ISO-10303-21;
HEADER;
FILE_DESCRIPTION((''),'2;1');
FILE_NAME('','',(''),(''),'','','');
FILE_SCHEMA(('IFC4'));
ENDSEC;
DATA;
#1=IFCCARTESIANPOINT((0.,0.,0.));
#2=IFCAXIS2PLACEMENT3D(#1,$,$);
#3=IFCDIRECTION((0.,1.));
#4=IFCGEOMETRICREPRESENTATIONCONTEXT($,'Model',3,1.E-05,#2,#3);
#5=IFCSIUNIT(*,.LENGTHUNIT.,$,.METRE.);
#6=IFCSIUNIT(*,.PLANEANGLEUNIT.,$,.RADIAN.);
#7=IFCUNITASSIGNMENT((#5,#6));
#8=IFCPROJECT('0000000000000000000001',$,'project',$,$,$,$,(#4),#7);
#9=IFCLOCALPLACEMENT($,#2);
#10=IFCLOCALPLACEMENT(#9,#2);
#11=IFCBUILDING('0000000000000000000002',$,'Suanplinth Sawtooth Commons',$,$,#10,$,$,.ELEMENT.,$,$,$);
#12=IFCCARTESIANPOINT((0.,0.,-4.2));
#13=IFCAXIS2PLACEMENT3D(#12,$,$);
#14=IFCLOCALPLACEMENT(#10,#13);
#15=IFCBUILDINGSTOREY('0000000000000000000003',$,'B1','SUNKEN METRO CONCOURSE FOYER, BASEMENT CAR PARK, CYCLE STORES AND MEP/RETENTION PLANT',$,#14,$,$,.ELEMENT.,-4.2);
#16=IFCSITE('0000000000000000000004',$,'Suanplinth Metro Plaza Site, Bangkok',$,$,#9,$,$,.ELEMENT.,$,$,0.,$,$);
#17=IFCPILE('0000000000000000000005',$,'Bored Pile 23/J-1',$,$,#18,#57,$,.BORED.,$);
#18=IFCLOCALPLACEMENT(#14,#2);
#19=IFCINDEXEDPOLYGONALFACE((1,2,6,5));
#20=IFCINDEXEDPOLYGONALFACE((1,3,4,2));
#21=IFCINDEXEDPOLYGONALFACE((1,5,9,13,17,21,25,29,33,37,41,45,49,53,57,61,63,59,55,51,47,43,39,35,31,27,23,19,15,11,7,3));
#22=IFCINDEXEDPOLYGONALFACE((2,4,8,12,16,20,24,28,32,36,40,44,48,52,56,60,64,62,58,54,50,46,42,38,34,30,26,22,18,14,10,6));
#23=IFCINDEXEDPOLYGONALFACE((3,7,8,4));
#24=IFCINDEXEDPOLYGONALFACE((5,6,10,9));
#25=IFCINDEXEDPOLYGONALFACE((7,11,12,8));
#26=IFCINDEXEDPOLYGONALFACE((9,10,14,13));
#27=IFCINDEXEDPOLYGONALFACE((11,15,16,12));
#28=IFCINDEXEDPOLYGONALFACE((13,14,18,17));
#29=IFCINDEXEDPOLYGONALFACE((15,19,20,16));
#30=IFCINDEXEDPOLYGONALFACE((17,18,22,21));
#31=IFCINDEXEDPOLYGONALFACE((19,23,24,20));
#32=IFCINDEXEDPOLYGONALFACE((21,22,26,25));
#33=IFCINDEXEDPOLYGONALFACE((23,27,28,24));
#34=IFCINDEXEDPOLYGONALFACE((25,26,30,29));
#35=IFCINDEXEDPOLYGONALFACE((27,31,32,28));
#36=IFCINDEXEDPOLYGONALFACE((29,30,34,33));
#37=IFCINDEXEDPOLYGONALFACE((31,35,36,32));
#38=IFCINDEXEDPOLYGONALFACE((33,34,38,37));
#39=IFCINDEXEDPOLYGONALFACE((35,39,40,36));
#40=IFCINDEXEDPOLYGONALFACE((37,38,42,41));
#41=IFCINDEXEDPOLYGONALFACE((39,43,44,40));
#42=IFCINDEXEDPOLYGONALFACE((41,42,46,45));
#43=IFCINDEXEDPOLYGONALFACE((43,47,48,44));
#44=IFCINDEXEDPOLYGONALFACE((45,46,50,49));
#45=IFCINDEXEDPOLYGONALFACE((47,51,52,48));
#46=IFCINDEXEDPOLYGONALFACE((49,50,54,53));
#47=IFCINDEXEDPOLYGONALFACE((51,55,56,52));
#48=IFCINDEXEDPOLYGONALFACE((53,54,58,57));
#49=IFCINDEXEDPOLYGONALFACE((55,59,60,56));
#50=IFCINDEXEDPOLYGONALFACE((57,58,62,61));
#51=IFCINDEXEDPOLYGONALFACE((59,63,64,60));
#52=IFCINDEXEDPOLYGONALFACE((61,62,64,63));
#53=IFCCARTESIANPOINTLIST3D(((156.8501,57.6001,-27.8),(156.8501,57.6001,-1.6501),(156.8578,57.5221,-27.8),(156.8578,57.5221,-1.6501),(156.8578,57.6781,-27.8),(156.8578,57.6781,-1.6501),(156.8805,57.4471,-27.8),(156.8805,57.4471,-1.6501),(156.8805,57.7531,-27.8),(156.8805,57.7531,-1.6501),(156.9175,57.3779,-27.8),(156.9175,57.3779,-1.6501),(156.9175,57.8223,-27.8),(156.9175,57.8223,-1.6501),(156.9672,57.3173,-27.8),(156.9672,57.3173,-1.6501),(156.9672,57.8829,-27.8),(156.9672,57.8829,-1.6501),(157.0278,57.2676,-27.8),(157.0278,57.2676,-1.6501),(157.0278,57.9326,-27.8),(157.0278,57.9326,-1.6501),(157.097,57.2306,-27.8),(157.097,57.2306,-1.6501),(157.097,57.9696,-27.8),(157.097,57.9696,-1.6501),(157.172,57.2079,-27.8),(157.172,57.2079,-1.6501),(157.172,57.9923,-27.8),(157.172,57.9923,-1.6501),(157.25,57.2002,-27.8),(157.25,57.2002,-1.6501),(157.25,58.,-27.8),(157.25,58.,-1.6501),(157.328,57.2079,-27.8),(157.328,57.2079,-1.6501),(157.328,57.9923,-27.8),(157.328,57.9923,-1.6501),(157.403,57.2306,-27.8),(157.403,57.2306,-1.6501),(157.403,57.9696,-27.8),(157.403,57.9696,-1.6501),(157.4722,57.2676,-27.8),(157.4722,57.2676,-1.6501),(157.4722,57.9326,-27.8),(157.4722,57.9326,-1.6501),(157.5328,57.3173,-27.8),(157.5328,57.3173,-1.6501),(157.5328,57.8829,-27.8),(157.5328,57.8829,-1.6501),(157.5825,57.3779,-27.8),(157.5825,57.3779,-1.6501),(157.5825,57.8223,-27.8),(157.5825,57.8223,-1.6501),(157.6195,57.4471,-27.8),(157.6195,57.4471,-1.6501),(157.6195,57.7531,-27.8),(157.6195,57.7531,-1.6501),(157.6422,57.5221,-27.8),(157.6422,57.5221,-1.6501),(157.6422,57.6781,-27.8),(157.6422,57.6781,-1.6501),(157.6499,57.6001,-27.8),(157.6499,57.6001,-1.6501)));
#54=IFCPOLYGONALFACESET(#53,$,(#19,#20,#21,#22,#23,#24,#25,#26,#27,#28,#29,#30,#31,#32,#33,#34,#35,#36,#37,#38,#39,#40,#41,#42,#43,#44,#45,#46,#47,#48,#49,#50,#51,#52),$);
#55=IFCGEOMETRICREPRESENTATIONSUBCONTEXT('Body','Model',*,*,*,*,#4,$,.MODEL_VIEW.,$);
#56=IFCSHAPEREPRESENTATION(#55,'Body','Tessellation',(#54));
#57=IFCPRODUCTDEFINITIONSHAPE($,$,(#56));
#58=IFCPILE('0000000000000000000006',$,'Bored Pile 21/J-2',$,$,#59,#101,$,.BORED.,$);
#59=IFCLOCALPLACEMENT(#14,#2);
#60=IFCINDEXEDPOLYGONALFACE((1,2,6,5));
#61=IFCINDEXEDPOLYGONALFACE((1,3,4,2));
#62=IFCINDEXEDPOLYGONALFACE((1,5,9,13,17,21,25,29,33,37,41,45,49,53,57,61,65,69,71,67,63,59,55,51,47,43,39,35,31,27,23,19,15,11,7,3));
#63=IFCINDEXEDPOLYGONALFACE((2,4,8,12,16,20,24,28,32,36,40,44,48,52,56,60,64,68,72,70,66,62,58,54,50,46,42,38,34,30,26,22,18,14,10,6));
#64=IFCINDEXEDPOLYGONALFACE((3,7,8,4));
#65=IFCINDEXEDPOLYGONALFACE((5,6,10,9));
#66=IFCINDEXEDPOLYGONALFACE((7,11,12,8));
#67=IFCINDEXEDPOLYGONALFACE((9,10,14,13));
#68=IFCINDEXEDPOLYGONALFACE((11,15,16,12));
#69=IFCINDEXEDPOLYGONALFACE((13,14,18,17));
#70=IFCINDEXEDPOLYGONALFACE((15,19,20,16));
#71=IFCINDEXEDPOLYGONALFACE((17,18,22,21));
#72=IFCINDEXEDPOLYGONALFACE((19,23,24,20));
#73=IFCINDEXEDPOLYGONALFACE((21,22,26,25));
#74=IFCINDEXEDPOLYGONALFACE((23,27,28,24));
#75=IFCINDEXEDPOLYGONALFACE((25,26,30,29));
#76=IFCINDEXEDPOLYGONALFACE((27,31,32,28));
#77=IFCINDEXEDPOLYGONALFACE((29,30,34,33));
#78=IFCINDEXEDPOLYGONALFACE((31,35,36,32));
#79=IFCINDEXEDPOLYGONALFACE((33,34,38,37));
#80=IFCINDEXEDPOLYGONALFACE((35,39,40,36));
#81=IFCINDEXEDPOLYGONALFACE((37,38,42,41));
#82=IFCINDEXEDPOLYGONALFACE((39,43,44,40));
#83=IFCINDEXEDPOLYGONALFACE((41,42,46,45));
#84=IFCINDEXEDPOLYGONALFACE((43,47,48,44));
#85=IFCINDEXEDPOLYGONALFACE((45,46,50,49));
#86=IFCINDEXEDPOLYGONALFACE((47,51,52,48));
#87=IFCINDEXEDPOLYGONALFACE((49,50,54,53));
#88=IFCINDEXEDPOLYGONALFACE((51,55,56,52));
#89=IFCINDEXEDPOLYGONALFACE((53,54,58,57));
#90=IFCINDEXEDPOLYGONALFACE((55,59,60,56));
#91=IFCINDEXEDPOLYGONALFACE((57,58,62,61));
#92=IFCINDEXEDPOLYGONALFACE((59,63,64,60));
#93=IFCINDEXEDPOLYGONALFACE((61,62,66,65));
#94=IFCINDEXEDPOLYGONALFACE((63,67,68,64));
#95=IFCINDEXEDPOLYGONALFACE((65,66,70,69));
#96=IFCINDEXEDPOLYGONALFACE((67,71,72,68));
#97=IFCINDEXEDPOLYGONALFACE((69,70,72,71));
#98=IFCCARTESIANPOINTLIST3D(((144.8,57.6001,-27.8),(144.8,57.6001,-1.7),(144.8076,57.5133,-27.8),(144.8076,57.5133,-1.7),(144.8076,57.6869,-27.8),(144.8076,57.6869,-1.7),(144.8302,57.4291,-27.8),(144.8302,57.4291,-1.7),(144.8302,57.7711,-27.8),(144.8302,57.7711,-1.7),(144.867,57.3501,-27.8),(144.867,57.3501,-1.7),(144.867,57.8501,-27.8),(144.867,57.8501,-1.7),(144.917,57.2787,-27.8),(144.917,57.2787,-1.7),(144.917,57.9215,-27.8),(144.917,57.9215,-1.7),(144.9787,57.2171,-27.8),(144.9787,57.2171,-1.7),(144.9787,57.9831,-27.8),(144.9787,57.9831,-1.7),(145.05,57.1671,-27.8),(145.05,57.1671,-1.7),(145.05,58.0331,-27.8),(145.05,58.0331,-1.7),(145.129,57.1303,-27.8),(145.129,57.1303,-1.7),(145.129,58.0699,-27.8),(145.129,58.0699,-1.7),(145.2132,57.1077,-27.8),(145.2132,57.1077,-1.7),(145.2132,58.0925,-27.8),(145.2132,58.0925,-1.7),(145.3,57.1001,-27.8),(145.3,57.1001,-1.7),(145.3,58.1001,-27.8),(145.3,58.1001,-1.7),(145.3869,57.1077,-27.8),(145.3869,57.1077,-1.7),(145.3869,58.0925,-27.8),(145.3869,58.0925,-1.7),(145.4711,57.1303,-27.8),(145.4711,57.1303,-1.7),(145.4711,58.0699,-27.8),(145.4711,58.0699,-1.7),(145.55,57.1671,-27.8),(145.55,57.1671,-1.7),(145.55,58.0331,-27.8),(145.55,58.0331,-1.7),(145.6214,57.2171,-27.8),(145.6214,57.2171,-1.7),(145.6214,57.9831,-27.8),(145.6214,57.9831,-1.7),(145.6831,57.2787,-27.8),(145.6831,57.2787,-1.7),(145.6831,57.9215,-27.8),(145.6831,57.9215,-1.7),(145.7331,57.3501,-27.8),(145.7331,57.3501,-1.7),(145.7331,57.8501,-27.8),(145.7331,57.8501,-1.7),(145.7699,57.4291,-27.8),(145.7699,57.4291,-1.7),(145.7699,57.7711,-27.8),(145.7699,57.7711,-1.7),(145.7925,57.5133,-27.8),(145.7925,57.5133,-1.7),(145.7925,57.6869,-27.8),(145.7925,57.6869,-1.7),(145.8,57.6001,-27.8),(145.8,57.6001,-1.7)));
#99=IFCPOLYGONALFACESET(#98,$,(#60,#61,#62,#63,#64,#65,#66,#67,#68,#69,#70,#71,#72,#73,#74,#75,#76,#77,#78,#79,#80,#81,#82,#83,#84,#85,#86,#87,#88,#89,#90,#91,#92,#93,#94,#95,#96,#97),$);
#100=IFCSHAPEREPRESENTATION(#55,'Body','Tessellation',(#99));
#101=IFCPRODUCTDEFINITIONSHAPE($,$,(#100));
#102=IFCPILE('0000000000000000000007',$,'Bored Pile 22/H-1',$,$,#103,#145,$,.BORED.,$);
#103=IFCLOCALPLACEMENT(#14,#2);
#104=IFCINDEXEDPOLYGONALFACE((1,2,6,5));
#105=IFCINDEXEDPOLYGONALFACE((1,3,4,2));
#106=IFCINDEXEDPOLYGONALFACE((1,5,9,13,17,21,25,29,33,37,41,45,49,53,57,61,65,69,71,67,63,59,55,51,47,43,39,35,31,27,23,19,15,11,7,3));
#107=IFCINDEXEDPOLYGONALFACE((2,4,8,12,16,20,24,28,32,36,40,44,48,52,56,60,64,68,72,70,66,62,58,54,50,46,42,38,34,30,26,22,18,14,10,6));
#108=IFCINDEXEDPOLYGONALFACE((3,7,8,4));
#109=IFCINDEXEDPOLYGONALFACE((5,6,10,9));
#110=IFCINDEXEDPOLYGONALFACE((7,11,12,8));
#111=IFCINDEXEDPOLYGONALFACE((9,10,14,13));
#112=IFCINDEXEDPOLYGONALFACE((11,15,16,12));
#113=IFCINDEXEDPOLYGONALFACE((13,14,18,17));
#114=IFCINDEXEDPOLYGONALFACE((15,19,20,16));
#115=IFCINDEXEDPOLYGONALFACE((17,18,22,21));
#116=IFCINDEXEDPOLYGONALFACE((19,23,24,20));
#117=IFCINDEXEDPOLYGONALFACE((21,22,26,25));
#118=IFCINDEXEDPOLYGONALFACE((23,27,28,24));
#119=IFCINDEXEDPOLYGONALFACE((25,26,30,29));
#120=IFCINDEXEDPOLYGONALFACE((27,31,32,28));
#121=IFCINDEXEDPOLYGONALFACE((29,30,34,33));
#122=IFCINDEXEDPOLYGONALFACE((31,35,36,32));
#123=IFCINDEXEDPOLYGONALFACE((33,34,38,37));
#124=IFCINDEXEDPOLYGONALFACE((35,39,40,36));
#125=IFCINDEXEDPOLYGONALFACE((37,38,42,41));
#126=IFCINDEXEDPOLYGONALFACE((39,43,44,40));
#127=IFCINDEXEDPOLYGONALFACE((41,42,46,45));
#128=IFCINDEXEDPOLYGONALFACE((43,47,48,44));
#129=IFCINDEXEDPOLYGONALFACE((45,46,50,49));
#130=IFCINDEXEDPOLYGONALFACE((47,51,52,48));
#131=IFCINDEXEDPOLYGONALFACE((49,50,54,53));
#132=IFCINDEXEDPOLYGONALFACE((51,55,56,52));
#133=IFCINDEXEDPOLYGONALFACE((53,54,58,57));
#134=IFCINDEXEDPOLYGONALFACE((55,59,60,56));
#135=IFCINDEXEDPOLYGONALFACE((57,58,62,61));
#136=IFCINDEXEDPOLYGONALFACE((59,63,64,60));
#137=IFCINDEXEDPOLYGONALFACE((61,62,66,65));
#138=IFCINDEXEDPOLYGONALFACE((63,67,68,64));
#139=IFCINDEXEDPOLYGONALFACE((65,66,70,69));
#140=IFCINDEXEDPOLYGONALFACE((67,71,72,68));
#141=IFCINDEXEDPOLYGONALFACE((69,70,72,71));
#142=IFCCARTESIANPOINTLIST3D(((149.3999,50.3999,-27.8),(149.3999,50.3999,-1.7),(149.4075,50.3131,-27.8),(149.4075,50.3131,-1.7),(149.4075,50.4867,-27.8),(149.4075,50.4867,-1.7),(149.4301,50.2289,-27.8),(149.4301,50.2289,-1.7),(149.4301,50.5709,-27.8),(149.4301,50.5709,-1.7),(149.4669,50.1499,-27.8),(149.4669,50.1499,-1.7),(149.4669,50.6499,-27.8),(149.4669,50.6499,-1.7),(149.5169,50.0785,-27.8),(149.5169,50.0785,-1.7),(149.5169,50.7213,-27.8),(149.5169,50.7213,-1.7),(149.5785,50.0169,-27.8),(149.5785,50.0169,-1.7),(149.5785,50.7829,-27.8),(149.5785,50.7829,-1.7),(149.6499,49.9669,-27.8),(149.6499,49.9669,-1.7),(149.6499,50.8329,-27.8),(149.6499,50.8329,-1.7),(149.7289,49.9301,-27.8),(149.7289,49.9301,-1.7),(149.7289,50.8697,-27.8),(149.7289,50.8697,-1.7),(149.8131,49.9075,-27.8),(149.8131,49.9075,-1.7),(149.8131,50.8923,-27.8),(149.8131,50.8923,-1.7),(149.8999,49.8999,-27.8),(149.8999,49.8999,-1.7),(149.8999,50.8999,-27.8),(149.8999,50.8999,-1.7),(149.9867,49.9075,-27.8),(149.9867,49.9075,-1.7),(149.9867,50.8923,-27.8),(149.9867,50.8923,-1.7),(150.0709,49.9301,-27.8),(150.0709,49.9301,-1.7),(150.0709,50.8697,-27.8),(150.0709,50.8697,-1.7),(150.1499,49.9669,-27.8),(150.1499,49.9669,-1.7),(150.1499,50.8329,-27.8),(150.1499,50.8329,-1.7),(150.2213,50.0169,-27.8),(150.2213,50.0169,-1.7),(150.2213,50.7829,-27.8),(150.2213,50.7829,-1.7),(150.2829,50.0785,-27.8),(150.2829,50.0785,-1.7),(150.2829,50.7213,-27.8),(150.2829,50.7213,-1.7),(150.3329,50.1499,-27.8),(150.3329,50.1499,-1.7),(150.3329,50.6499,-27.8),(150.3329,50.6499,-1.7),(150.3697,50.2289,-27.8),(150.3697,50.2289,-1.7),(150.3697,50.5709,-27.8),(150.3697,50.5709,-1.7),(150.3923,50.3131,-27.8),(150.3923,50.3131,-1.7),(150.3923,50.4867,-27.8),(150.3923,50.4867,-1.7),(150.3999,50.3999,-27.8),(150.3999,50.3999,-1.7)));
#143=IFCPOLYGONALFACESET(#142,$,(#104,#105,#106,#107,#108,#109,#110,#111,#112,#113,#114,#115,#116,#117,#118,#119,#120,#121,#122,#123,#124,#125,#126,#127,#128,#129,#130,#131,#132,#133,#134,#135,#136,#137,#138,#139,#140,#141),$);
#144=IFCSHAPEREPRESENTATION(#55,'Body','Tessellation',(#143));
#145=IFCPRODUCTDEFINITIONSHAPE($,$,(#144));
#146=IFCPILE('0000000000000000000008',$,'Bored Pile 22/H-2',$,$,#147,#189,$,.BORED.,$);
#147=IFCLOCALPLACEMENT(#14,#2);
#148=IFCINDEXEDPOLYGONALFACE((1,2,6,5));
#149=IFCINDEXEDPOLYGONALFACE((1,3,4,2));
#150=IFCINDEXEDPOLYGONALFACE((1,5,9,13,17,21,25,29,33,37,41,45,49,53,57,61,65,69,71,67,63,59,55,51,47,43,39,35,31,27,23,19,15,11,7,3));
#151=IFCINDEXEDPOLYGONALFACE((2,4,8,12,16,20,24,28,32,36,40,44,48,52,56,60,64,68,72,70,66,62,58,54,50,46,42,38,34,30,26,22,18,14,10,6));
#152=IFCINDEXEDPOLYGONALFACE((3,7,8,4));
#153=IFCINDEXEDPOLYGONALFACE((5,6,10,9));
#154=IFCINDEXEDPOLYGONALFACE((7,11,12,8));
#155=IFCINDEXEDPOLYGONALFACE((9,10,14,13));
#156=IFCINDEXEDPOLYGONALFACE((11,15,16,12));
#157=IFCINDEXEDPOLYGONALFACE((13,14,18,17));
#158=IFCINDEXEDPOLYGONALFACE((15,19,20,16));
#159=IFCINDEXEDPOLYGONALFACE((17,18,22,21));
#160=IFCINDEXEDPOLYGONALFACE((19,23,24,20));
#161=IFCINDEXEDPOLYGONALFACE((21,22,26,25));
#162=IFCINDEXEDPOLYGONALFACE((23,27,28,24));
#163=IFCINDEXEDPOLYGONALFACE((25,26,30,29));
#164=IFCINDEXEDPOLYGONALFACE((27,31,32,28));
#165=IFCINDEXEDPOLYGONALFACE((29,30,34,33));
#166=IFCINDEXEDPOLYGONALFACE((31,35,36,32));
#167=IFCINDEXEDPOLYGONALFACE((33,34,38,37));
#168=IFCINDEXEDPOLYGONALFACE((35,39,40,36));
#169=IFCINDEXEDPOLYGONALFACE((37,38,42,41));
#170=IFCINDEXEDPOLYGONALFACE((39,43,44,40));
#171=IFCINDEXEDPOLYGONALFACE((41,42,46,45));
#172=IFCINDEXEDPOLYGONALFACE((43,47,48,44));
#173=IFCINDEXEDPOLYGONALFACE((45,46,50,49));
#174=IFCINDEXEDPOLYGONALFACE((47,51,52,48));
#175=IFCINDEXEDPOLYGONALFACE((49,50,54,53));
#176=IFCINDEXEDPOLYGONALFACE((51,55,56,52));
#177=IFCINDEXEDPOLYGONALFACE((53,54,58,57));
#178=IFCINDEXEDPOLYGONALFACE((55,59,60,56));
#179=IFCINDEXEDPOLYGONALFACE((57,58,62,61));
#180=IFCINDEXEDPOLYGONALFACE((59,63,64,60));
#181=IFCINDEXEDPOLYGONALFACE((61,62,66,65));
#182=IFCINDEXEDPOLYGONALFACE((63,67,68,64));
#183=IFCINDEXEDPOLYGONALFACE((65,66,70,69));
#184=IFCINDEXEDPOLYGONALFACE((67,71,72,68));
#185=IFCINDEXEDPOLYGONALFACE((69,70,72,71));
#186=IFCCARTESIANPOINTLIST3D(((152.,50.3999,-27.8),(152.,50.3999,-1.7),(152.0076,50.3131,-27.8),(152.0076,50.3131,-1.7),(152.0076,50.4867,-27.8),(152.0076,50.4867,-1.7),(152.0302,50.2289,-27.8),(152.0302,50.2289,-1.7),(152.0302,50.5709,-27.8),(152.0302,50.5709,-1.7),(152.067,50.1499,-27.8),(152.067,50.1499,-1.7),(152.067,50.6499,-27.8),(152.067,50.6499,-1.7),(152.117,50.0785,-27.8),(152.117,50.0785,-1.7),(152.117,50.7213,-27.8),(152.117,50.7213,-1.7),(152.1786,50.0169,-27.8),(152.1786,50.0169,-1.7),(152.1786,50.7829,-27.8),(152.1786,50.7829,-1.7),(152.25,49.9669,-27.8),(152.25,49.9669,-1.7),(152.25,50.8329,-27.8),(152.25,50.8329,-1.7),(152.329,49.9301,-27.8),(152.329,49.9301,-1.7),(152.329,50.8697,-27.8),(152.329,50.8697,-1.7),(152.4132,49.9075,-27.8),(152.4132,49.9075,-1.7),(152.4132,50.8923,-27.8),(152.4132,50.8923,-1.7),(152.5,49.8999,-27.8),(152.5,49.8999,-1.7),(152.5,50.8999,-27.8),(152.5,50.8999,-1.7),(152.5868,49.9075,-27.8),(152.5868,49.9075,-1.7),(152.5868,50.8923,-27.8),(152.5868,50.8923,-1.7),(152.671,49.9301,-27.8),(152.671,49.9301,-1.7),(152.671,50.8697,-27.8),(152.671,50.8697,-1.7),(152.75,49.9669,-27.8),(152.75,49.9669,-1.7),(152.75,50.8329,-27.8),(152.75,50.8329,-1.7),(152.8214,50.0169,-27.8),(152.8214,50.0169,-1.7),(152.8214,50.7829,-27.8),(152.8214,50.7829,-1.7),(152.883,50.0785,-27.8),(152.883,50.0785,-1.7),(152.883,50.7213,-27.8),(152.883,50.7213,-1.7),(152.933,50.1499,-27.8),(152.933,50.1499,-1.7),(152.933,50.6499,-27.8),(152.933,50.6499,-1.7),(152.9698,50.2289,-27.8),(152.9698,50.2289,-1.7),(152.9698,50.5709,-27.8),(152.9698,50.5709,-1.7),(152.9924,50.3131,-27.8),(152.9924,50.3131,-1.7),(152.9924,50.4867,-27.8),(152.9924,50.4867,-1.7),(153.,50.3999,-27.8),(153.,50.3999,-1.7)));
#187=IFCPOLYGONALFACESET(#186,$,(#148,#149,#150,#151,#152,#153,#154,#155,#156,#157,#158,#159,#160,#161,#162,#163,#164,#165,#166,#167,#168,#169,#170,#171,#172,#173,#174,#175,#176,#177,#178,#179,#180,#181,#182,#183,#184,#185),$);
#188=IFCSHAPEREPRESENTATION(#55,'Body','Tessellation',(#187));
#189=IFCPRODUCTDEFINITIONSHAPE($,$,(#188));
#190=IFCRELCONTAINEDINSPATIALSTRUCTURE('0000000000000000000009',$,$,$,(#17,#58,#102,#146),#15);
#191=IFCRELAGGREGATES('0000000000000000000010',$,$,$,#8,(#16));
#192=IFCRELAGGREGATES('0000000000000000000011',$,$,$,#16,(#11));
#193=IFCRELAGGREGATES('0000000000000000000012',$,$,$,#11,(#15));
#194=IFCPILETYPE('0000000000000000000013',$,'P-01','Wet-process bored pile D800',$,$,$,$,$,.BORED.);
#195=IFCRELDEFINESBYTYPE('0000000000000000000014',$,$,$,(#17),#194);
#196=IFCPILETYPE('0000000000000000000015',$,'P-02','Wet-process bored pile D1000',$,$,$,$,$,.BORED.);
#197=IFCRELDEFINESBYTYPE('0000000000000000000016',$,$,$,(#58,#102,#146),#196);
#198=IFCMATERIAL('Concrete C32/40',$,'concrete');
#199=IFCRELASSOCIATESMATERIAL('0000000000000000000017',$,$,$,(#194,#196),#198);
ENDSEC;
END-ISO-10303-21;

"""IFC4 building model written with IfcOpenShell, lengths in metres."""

from ifc_helpers import new_model, si_unit, direction, frame, origin, origin_2d, place, context, subcontext, project, spatial, circle, extrude, material, material_profile, profile_set, type_object, element, save


model = new_model("IFC4")

# Units and contexts
model_context = context("Model", 3, precision=1e-05, world=origin(), true_north=direction((0.0, 1.0)))
body_context = subcontext(model_context, "Body", "Model", "MODEL_VIEW")
ifc_project = project(units=[si_unit("LENGTHUNIT", "METRE"), si_unit("PLANEANGLEUNIT", "RADIAN")], contexts=[model_context])

# Site, building, storey
site_placement = place(None, origin())
site = spatial("IfcSite", under=ifc_project, at=site_placement, Name="Suanplinth Metro Plaza Site, Bangkok", CompositionType="ELEMENT", RefElevation=0.0)
building_placement = place(site_placement, origin())
building = spatial("IfcBuilding", under=site, at=building_placement, Name="Suanplinth Sawtooth Commons", CompositionType="ELEMENT")
storey_placement = place(building_placement, frame((0.0, 0.0, -4.2)))
storey = spatial("IfcBuildingStorey", under=building, at=storey_placement, Name="B1", Description="SUNKEN METRO CONCOURSE FOYER, BASEMENT CAR PARK, CYCLE STORES AND MEP/RETENTION PLANT", CompositionType="ELEMENT", Elevation=-4.2)

# Piles
ifc_material_1 = material(Name="Concrete C32/40", Category="concrete")
ifc_material_profile_1 = material_profile(ifc_material_1, circle(Radius=0.3999, at=origin_2d()), Name="PILE D800")
ifc_profile_set_1 = profile_set([ifc_material_profile_1], Name="Concrete C32/40")
pile_type_1 = type_object("IfcPileType", Name="P-01", Description="Wet-process bored pile D800", PredefinedType="BORED", material=ifc_profile_set_1)
for number, where, z_axis, x_axis, name in (
    (1, (157.25, 57.6001, -1.6501), (0.0, 0.0, -1.0), (1.0, 0.0, 0.0), "Bored Pile 23/J-1"),
):
    element("IfcPile", number, at=place(storey_placement, frame(where, z_axis=z_axis, x_axis=x_axis)), inside=storey, type_object=pile_type_1, Name=name, PredefinedType="BORED", context=body_context, shape_type="SweptSolid", body=[
        extrude(circle(Radius=0.3999, at=origin_2d()), origin(), (0.0, 0.0, 1.0), 26.1499),
    ])
ifc_material_profile_2 = material_profile(ifc_material_1, circle(Radius=0.5, at=origin_2d()), Name="PILE D1000")
ifc_profile_set_2 = profile_set([ifc_material_profile_2], Name="Concrete C32/40")
pile_type_2 = type_object("IfcPileType", Name="P-02", Description="Wet-process bored pile D1000", PredefinedType="BORED", material=ifc_profile_set_2)
for number, where, z_axis, x_axis, name in (
    (2, (145.3, 57.6001, -1.7), (0.0, 0.0, -1.0), (1.0, 0.0, 0.0), "Bored Pile 21/J-2"),
    (3, (149.8999, 50.3999, -1.7), (0.0, 0.0, -1.0), (1.0, 0.0, 0.0), "Bored Pile 22/H-1"),
    (4, (152.5, 50.3999, -1.7), (0.0, 0.0, -1.0), (1.0, 0.0, 0.0), "Bored Pile 22/H-2"),
):
    element("IfcPile", number, at=place(storey_placement, frame(where, z_axis=z_axis, x_axis=x_axis)), inside=storey, type_object=pile_type_2, Name=name, PredefinedType="BORED", context=body_context, shape_type="SweptSolid", body=[
        extrude(circle(Radius=0.5, at=origin_2d()), origin(), (0.0, 0.0, 1.0), 26.1001),
    ])

save(model, "model.ifc")
